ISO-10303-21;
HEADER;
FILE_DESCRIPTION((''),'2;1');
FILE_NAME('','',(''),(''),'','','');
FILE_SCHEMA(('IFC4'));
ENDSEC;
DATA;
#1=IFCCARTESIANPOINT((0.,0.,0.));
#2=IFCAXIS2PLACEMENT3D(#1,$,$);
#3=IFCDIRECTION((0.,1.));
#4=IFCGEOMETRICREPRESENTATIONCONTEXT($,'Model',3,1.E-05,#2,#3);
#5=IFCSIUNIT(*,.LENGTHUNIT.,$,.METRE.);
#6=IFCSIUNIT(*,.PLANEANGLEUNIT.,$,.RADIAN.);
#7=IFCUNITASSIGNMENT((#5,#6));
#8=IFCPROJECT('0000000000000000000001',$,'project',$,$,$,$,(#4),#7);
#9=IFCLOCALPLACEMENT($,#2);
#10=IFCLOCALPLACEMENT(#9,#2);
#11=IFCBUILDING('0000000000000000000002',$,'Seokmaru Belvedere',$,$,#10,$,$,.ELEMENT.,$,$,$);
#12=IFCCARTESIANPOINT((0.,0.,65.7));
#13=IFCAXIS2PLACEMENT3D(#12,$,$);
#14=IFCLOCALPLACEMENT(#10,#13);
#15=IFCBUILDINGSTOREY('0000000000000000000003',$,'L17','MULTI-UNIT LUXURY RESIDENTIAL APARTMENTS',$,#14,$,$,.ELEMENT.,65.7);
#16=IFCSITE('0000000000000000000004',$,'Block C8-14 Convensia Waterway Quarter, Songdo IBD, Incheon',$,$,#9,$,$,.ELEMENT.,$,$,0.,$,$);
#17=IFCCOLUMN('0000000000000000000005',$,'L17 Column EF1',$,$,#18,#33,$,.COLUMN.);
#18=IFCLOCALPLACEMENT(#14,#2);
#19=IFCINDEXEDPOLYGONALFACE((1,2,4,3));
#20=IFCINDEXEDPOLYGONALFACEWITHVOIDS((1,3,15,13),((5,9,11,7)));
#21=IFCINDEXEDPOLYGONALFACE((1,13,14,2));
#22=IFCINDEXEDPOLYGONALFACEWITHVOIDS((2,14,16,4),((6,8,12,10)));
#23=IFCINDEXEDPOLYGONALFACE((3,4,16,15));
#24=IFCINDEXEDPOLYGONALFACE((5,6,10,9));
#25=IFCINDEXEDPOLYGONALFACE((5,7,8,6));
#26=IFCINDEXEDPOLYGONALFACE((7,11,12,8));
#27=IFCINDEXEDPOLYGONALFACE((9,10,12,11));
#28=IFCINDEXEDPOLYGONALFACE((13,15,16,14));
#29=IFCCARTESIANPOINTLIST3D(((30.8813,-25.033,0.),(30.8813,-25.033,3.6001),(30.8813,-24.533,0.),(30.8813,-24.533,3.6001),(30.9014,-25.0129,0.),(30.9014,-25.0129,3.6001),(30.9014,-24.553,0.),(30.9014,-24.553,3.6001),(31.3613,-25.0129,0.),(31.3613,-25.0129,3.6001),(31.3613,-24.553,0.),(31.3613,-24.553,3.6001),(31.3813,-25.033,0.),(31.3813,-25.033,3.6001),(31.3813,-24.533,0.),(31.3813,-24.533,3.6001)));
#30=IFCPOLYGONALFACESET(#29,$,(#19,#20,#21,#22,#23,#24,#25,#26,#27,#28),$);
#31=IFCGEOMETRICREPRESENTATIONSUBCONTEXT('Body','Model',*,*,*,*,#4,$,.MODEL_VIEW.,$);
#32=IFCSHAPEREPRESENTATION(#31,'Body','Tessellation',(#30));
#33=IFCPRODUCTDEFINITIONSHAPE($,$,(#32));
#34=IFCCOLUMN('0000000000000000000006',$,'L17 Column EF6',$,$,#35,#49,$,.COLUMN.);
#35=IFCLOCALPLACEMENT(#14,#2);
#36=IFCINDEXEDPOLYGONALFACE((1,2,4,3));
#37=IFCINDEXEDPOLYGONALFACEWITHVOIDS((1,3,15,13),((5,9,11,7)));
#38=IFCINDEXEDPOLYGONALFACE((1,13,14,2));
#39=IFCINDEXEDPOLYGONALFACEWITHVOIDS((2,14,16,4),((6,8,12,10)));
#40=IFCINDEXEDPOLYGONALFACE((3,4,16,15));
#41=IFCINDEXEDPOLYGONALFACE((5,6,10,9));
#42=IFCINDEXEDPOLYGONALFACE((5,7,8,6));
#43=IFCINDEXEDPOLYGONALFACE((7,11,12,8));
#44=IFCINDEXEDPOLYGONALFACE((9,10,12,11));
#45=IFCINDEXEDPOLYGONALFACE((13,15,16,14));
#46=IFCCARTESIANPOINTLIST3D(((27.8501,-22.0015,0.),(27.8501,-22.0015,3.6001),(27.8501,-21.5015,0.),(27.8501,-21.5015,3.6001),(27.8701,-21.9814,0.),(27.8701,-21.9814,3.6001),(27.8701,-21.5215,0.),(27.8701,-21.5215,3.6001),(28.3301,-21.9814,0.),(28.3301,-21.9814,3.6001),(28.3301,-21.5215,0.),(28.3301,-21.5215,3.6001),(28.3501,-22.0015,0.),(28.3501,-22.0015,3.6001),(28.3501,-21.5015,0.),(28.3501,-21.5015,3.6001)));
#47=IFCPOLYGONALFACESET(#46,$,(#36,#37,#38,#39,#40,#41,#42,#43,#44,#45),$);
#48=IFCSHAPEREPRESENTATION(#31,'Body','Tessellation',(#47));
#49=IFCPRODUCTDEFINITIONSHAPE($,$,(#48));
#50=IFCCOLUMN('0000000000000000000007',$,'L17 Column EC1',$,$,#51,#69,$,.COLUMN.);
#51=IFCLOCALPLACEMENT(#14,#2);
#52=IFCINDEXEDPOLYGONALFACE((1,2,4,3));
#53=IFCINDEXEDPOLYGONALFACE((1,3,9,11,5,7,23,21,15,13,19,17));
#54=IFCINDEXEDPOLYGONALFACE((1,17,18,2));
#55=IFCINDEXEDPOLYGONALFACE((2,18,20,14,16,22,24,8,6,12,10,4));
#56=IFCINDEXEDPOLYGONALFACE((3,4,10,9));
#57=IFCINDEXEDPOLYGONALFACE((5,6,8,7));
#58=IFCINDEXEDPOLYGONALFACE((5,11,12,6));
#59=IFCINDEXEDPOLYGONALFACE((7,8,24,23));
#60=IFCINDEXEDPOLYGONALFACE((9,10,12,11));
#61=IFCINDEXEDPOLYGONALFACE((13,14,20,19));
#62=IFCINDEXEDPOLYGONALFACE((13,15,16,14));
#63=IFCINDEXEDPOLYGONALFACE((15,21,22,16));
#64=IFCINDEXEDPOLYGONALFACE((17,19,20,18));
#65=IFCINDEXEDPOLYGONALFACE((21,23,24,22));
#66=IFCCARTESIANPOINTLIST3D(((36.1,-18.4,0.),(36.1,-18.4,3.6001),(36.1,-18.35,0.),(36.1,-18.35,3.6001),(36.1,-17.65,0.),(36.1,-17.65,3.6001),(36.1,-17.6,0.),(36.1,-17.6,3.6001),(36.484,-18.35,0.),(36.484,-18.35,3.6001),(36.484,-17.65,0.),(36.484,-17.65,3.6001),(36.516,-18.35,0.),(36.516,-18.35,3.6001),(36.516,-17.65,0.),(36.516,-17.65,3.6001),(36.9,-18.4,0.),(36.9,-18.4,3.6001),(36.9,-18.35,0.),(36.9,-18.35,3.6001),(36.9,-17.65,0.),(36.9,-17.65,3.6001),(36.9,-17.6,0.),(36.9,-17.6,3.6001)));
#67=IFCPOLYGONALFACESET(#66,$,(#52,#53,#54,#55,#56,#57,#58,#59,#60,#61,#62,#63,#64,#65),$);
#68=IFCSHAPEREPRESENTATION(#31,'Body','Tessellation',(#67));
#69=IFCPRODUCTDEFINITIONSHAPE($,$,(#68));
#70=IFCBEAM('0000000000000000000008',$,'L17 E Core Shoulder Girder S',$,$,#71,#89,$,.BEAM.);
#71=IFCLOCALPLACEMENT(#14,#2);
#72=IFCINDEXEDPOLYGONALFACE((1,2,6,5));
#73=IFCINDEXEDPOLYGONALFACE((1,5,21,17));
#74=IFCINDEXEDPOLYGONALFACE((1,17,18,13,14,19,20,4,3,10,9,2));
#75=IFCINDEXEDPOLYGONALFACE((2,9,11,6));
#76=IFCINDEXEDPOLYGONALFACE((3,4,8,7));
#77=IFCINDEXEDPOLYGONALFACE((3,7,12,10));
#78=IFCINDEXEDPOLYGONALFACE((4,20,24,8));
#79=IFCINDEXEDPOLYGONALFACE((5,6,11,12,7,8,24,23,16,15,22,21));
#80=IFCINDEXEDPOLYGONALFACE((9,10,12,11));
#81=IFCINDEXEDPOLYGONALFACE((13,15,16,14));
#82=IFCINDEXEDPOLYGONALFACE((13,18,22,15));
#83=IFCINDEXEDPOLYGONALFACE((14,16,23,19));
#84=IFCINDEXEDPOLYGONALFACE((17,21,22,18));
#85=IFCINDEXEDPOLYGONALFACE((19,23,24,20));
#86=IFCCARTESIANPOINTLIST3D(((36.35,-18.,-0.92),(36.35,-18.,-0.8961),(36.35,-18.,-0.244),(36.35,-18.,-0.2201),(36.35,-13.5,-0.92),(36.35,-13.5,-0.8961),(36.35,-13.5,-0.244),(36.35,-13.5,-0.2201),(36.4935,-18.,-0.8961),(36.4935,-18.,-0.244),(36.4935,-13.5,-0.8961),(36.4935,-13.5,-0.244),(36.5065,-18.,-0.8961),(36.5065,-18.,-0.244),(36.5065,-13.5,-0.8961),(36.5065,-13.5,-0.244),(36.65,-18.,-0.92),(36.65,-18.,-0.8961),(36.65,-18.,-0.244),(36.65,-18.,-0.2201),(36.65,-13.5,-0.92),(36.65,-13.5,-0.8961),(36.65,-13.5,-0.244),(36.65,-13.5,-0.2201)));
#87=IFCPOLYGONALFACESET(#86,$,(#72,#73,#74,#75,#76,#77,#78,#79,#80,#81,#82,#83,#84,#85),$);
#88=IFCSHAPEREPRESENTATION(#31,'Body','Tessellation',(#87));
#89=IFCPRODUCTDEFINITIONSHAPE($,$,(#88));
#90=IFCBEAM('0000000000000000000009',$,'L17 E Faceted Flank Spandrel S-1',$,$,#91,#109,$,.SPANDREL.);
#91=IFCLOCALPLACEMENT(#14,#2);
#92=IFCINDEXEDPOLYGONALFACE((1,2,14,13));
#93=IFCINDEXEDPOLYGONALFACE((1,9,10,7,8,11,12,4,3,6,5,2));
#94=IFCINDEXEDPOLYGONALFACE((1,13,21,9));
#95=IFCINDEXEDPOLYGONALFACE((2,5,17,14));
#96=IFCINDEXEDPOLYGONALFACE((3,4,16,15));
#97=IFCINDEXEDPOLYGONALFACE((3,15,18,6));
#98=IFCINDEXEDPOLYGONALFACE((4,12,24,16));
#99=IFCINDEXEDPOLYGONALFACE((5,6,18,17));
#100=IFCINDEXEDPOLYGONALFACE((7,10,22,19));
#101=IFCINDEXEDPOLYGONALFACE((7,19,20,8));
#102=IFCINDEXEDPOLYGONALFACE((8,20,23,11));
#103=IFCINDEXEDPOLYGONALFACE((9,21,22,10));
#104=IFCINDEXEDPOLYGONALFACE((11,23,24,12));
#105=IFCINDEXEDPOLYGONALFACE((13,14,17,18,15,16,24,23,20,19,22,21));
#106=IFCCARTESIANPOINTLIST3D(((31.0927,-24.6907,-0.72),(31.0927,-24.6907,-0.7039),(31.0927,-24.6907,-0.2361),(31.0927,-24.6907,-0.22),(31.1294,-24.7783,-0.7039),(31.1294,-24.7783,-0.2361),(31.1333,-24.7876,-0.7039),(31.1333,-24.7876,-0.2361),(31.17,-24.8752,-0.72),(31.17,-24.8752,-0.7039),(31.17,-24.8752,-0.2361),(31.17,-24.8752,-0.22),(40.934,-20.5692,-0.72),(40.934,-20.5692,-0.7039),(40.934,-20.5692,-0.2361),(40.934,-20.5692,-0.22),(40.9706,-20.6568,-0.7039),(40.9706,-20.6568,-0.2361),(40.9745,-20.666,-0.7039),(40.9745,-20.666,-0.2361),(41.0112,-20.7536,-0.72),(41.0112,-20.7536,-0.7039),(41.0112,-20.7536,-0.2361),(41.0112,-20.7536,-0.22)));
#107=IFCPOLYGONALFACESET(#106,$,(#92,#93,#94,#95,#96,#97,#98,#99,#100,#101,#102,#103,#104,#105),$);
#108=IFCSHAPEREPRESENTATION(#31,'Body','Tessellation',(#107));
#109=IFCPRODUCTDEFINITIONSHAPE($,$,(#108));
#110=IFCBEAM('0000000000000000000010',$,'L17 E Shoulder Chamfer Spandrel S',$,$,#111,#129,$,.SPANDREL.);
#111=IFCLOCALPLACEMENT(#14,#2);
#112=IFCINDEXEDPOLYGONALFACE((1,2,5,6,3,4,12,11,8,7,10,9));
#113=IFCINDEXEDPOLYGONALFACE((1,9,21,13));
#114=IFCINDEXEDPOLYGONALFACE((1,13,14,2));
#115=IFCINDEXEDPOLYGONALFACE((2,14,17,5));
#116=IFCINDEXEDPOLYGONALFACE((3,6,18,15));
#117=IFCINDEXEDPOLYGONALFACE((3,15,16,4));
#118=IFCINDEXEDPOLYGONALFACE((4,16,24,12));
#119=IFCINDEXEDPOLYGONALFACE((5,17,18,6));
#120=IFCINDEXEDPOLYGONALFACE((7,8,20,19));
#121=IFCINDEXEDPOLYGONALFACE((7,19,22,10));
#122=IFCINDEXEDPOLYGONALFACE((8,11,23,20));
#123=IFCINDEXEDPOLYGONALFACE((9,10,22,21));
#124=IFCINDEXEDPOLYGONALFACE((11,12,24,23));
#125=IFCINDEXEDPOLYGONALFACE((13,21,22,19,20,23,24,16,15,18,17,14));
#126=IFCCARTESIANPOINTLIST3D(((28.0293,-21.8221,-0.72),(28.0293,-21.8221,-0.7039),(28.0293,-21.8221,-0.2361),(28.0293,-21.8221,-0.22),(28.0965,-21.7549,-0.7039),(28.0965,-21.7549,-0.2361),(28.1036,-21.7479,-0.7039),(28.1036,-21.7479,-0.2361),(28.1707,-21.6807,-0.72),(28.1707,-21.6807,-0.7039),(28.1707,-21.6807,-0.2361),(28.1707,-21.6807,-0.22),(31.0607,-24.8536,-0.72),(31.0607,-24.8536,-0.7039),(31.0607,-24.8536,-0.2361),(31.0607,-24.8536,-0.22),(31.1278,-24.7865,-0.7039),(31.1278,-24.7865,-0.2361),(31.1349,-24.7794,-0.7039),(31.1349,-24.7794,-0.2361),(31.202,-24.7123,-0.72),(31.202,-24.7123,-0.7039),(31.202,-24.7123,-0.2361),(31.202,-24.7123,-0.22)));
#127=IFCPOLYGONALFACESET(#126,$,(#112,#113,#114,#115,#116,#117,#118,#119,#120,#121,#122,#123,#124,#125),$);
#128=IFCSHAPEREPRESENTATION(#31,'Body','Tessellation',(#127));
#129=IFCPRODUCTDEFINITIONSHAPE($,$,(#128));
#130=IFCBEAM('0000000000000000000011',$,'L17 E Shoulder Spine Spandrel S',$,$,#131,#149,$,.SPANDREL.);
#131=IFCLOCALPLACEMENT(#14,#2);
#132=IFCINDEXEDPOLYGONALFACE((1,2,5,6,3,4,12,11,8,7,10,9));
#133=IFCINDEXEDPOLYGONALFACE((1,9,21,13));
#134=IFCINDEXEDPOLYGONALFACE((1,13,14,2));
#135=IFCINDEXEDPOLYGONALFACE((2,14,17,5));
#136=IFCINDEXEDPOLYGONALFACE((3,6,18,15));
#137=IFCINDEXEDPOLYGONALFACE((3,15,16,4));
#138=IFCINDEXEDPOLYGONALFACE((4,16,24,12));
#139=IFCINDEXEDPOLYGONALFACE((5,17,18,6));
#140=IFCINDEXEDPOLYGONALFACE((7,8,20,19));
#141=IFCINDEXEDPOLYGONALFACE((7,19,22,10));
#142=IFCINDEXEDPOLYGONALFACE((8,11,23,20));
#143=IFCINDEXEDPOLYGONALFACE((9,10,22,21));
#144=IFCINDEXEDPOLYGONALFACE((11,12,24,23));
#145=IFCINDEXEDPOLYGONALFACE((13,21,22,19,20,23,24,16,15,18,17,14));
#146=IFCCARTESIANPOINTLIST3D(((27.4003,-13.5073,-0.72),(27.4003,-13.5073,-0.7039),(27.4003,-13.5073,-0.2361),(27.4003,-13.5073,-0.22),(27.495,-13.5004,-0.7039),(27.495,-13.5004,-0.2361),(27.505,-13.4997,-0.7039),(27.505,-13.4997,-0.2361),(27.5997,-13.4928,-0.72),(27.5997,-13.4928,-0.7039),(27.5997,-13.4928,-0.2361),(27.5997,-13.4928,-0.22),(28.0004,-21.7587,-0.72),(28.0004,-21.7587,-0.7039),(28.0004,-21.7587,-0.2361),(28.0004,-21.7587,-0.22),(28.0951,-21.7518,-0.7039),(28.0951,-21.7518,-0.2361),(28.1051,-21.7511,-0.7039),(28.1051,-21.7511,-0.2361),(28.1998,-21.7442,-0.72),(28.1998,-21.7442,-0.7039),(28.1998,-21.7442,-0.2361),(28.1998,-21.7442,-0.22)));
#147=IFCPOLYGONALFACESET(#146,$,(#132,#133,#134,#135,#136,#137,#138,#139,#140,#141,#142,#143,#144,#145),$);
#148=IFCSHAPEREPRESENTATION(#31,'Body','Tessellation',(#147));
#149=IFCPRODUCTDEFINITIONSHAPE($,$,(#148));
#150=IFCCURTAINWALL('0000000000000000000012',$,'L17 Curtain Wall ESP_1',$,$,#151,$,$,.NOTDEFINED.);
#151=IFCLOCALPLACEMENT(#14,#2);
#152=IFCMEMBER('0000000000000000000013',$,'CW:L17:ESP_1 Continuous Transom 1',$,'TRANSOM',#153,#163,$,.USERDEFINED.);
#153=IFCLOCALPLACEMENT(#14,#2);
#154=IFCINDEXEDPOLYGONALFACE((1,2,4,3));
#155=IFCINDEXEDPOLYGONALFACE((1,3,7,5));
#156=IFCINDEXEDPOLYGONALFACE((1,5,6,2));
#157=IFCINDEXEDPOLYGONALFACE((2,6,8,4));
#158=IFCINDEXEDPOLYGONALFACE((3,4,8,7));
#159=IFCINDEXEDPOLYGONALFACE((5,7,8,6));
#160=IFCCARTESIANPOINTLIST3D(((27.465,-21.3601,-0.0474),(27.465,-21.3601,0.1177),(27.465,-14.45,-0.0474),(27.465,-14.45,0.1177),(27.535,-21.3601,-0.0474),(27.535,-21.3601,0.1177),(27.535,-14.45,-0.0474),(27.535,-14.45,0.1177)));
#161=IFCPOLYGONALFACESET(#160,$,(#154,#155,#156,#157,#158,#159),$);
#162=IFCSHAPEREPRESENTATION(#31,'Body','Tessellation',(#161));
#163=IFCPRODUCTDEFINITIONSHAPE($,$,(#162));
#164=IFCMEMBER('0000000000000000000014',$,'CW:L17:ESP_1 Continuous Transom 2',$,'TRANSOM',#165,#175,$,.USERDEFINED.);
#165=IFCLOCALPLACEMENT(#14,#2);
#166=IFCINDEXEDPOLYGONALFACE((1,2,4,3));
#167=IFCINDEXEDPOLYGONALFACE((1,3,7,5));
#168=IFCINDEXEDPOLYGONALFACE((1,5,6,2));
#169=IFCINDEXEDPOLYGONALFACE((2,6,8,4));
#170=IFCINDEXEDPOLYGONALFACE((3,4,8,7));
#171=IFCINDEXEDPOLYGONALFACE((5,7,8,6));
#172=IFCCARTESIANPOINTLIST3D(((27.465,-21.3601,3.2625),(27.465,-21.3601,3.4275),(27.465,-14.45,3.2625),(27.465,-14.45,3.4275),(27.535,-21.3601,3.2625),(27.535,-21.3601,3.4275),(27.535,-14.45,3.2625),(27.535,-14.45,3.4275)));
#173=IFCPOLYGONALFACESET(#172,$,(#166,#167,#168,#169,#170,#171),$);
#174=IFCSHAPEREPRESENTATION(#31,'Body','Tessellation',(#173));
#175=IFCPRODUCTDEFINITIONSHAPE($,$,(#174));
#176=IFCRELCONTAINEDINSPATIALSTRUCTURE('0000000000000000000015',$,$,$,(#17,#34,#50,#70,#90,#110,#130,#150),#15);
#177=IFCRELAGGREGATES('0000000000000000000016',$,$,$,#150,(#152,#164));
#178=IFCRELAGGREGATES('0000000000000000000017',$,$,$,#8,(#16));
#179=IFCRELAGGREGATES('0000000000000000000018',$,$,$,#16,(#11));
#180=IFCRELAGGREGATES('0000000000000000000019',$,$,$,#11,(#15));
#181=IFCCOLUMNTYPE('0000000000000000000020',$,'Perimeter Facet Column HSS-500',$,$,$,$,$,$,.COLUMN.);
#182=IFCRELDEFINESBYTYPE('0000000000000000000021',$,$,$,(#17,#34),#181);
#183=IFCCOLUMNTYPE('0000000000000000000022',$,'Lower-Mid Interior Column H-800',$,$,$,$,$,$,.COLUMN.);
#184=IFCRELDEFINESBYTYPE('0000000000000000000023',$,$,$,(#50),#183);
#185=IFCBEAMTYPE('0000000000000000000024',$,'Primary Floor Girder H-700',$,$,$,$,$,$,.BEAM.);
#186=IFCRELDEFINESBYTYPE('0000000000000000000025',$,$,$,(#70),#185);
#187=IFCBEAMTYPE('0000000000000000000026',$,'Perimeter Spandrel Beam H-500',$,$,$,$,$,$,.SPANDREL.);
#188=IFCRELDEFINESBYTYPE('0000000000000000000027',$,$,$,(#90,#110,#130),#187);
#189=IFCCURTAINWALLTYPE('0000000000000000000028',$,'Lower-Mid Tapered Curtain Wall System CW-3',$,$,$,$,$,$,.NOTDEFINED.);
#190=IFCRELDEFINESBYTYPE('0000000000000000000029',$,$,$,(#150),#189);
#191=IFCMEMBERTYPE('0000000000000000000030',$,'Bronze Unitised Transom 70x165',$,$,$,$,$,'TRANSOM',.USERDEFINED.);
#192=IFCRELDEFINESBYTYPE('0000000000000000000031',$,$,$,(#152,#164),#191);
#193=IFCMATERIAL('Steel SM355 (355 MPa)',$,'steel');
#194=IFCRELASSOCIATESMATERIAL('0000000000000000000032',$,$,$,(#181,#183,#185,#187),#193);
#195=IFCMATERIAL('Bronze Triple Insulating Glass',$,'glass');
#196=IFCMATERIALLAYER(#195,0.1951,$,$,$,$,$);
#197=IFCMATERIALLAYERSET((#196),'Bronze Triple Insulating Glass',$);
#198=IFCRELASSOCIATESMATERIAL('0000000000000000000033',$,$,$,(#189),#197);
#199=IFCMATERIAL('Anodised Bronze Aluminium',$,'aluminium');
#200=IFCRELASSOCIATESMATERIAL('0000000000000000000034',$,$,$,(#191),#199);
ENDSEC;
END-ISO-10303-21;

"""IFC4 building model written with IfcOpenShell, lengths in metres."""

from ifc_helpers import new_model, si_unit, direction, frame, origin, origin_2d, place, context, subcontext, project, spatial, rectangle, hollow_rectangle, i_section, extrude, source, transform, mapped, material, layer, layer_set, material_profile, profile_set, type_object, type_shapes, element, aggregate, save


model = new_model("IFC4")

# Units and contexts
model_context = context("Model", 3, precision=1e-05, world=origin(), true_north=direction((0.0, 1.0)))
body_context = subcontext(model_context, "Body", "Model", "MODEL_VIEW")
ifc_project = project(units=[si_unit("LENGTHUNIT", "METRE"), si_unit("PLANEANGLEUNIT", "RADIAN")], contexts=[model_context])

# Site, building, storey
site_placement = place(None, origin())
site = spatial("IfcSite", under=ifc_project, at=site_placement, Name="Block C8-14 Convensia Waterway Quarter, Songdo IBD, Incheon", CompositionType="ELEMENT", RefElevation=0.0)
building_placement = place(site_placement, origin())
building = spatial("IfcBuilding", under=site, at=building_placement, Name="Seokmaru Belvedere", CompositionType="ELEMENT")
storey_placement = place(building_placement, frame((0.0, 0.0, 65.7)))
storey = spatial("IfcBuildingStorey", under=building, at=storey_placement, Name="L17", Description="MULTI-UNIT LUXURY RESIDENTIAL APARTMENTS", CompositionType="ELEMENT", Elevation=65.7)

# Columns
ifc_material_1 = material(Name="Steel SM355 (355 MPa)", Category="steel")
ifc_material_profile_1 = material_profile(ifc_material_1, hollow_rectangle(XDim=0.5, YDim=0.5, WallThickness=0.02, at=origin_2d()), Name="HSS-500x500x20")
ifc_profile_set_1 = profile_set([ifc_material_profile_1], Name="Steel SM355 (355 MPa)")
column_type_1 = type_object("IfcColumnType", Name="Perimeter Facet Column HSS-500", PredefinedType="COLUMN", material=ifc_profile_set_1)
shared_shape_1 = source(origin(), body_context, "Body", "SweptSolid", [
    extrude(hollow_rectangle(XDim=0.5, YDim=0.5, WallThickness=0.02, at=origin_2d()), origin(), (0.0, 0.0, 1.0), 3.6001),
])
type_shapes(column_type_1, [shared_shape_1])
for number, where, z_axis, x_axis, name in (
    (1, (31.1313, -24.783, 0.0), (0.0, 0.0, 1.0), (1.0, 0.0, 0.0), "L17 Column EF1"),
    (2, (28.1001, -21.7515, 0.0), (0.0, 0.0, 1.0), (1.0, 0.0, 0.0), "L17 Column EF6"),
):
    element("IfcColumn", number, at=place(storey_placement, frame(where, z_axis=z_axis, x_axis=x_axis)), inside=storey, type_object=column_type_1, Name=name, PredefinedType="COLUMN", context=body_context, shape_type="MappedRepresentation", body=[
        mapped(shared_shape_1, transform((0.0, 0.0, 0.0), scale=1.0)),
    ])
ifc_material_profile_2 = material_profile(ifc_material_1, i_section(OverallWidth=0.8, OverallDepth=0.8, WebThickness=0.032, FlangeThickness=0.05, at=origin_2d()), Name="H-800x800x32x50")
ifc_profile_set_2 = profile_set([ifc_material_profile_2], Name="Steel SM355 (355 MPa)")
column_type_2 = type_object("IfcColumnType", Name="Lower-Mid Interior Column H-800", PredefinedType="COLUMN", material=ifc_profile_set_2)
shared_shape_2 = source(origin(), body_context, "Body", "SweptSolid", [
    extrude(i_section(OverallWidth=0.8, OverallDepth=0.8, WebThickness=0.032, FlangeThickness=0.05, at=origin_2d()), origin(), (0.0, 0.0, 1.0), 3.6001),
])
type_shapes(column_type_2, [shared_shape_2])
column_placement = place(storey_placement, frame((36.5, -18.0, 0.0), z_axis=(0.0, 0.0, 1.0), x_axis=(1.0, 0.0, 0.0)))
element("IfcColumn", 3, at=column_placement, inside=storey, type_object=column_type_2, Name="L17 Column EC1", PredefinedType="COLUMN", context=body_context, shape_type="MappedRepresentation", body=[
    mapped(shared_shape_2, transform((0.0, 0.0, 0.0), scale=1.0)),
])

# Beams
ifc_material_profile_3 = material_profile(ifc_material_1, i_section(OverallWidth=0.3, OverallDepth=0.7, WebThickness=0.0129, FlangeThickness=0.0239, at=origin_2d()), Name="H-700x300x13x24")
ifc_profile_set_3 = profile_set([ifc_material_profile_3], Name="Steel SM355 (355 MPa)")
beam_type_1 = type_object("IfcBeamType", Name="Primary Floor Girder H-700", PredefinedType="BEAM", material=ifc_profile_set_3)
shared_shape_3 = source(origin(), body_context, "Body", "SweptSolid", [
    extrude(i_section(OverallWidth=0.3, OverallDepth=0.7, WebThickness=0.0129, FlangeThickness=0.0239, at=origin_2d()), origin(), (0.0, 0.0, 1.0), 4.5),
])
type_shapes(beam_type_1, [shared_shape_3])
beam_1_placement = place(storey_placement, frame((36.5, -18.0, -0.5701), z_axis=(0.0, 1.0, 0.0), x_axis=(-1.0, 0.0, 0.0)))
element("IfcBeam", 4, at=beam_1_placement, inside=storey, type_object=beam_type_1, Name="L17 E Core Shoulder Girder S", PredefinedType="BEAM", context=body_context, shape_type="MappedRepresentation", body=[
    mapped(shared_shape_3, transform((0.0, 0.0, 0.0), scale=1.0)),
])
ifc_material_profile_4 = material_profile(ifc_material_1, i_section(OverallWidth=0.2, OverallDepth=0.5, WebThickness=0.01, FlangeThickness=0.0161, at=origin_2d()), Name="H-500x200x10x16")
ifc_profile_set_4 = profile_set([ifc_material_profile_4], Name="Steel SM355 (355 MPa)")
beam_type_2 = type_object("IfcBeamType", Name="Perimeter Spandrel Beam H-500", PredefinedType="SPANDREL", material=ifc_profile_set_4)
shared_shape_4 = source(origin(), body_context, "Body", "SweptSolid", [
    extrude(i_section(OverallWidth=0.2, OverallDepth=0.5, WebThickness=0.01, FlangeThickness=0.0161, at=origin_2d()), origin(), (0.0, 0.0, 1.0), 10.6694),
])
beam_2_placement = place(storey_placement, frame((31.1313, -24.783, -0.47), z_axis=(0.922375, 0.386295, 0.0), x_axis=(-0.386295, 0.922375, 0.0)))
element("IfcBeam", 5, at=beam_2_placement, inside=storey, type_object=beam_type_2, Name="L17 E Faceted Flank Spandrel S-1", PredefinedType="SPANDREL", context=body_context, shape_type="MappedRepresentation", body=[
    mapped(shared_shape_4, transform((0.0, 0.0, 0.0), scale=1.0)),
])
shared_shape_5 = source(origin(), body_context, "Body", "SweptSolid", [
    extrude(i_section(OverallWidth=0.2, OverallDepth=0.5, WebThickness=0.01, FlangeThickness=0.0161, at=origin_2d()), origin(), (0.0, 0.0, 1.0), 4.2871),
])
beam_3_placement = place(storey_placement, frame((31.1313, -24.783, -0.47), z_axis=(-0.707078, 0.707135, 0.0), x_axis=(-0.707135, -0.707078, 0.0)))
element("IfcBeam", 6, at=beam_3_placement, inside=storey, type_object=beam_type_2, Name="L17 E Shoulder Chamfer Spandrel S", PredefinedType="SPANDREL", context=body_context, shape_type="MappedRepresentation", body=[
    mapped(shared_shape_5, transform((0.0, 0.0, 0.0), scale=1.0)),
])
shared_shape_6 = source(origin(), body_context, "Body", "SweptSolid", [
    extrude(i_section(OverallWidth=0.2, OverallDepth=0.5, WebThickness=0.01, FlangeThickness=0.0161, at=origin_2d()), origin(), (0.0, 0.0, 1.0), 8.2732),
])
type_shapes(beam_type_2, [shared_shape_4, shared_shape_5, shared_shape_6])
beam_4_placement = place(storey_placement, frame((28.1001, -21.7515, -0.47), z_axis=(-0.072535, 0.997366, 0.0), x_axis=(-0.997366, -0.072535, 0.0)))
element("IfcBeam", 7, at=beam_4_placement, inside=storey, type_object=beam_type_2, Name="L17 E Shoulder Spine Spandrel S", PredefinedType="SPANDREL", context=body_context, shape_type="MappedRepresentation", body=[
    mapped(shared_shape_6, transform((0.0, 0.0, 0.0), scale=1.0)),
])

# Curtain wall, members
ifc_material_2 = material(Name="Bronze Triple Insulating Glass", Category="glass")
ifc_layer_1 = layer(ifc_material_2, 0.1951)
ifc_layer_set_1 = layer_set([ifc_layer_1], Name="Bronze Triple Insulating Glass")
curtain_wall_type = type_object("IfcCurtainWallType", Name="Lower-Mid Tapered Curtain Wall System CW-3", PredefinedType="NOTDEFINED", material=ifc_layer_set_1)
curtain_wall_1_placement = place(storey_placement, origin())
curtain_wall_1 = element("IfcCurtainWall", 8, at=curtain_wall_1_placement, inside=storey, type_object=curtain_wall_type, Name="L17 Curtain Wall ESP_1", PredefinedType="NOTDEFINED")
ifc_material_3 = material(Name="Anodised Bronze Aluminium", Category="aluminium")
ifc_material_profile_5 = material_profile(ifc_material_3, rectangle(XDim=0.0701, YDim=0.165, at=origin_2d()), Name="CW-T-70x165")
ifc_profile_set_5 = profile_set([ifc_material_profile_5], Name="Anodised Bronze Aluminium")
member_type_1 = type_object("IfcMemberType", Name="Bronze Unitised Transom 70x165", ElementType="TRANSOM", PredefinedType="USERDEFINED", material=ifc_profile_set_5)
shared_shape_7 = source(origin(), body_context, "Body", "SweptSolid", [
    extrude(rectangle(XDim=0.0701, YDim=0.165, at=origin_2d()), origin(), (0.0, 0.0, 1.0), 6.9102),
])
member_1_placement = place(storey_placement, frame((27.5, -14.45, 0.0352), z_axis=(0.0, -1.0, 0.0), x_axis=(1.0, 0.0, 0.0)))
member_1 = element("IfcMember", 9, at=member_1_placement, type_object=member_type_1, Name="CW:L17:ESP_1 Continuous Transom 1", ObjectType="TRANSOM", PredefinedType="USERDEFINED", context=body_context, shape_type="MappedRepresentation", body=[
    mapped(shared_shape_7, transform((0.0, 0.0, 0.0), scale=1.0)),
])
member_2_placement = place(storey_placement, frame((27.5, -14.45, 3.345), z_axis=(0.0, -1.0, 0.0), x_axis=(1.0, 0.0, 0.0)))
member_2 = element("IfcMember", 10, at=member_2_placement, type_object=member_type_1, Name="CW:L17:ESP_1 Continuous Transom 2", ObjectType="TRANSOM", PredefinedType="USERDEFINED", context=body_context, shape_type="MappedRepresentation", body=[
    mapped(shared_shape_7, transform((0.0, 0.0, 0.0), scale=1.0)),
])

aggregate(curtain_wall_1, [member_1, member_2])

save(model, "model.ifc")
